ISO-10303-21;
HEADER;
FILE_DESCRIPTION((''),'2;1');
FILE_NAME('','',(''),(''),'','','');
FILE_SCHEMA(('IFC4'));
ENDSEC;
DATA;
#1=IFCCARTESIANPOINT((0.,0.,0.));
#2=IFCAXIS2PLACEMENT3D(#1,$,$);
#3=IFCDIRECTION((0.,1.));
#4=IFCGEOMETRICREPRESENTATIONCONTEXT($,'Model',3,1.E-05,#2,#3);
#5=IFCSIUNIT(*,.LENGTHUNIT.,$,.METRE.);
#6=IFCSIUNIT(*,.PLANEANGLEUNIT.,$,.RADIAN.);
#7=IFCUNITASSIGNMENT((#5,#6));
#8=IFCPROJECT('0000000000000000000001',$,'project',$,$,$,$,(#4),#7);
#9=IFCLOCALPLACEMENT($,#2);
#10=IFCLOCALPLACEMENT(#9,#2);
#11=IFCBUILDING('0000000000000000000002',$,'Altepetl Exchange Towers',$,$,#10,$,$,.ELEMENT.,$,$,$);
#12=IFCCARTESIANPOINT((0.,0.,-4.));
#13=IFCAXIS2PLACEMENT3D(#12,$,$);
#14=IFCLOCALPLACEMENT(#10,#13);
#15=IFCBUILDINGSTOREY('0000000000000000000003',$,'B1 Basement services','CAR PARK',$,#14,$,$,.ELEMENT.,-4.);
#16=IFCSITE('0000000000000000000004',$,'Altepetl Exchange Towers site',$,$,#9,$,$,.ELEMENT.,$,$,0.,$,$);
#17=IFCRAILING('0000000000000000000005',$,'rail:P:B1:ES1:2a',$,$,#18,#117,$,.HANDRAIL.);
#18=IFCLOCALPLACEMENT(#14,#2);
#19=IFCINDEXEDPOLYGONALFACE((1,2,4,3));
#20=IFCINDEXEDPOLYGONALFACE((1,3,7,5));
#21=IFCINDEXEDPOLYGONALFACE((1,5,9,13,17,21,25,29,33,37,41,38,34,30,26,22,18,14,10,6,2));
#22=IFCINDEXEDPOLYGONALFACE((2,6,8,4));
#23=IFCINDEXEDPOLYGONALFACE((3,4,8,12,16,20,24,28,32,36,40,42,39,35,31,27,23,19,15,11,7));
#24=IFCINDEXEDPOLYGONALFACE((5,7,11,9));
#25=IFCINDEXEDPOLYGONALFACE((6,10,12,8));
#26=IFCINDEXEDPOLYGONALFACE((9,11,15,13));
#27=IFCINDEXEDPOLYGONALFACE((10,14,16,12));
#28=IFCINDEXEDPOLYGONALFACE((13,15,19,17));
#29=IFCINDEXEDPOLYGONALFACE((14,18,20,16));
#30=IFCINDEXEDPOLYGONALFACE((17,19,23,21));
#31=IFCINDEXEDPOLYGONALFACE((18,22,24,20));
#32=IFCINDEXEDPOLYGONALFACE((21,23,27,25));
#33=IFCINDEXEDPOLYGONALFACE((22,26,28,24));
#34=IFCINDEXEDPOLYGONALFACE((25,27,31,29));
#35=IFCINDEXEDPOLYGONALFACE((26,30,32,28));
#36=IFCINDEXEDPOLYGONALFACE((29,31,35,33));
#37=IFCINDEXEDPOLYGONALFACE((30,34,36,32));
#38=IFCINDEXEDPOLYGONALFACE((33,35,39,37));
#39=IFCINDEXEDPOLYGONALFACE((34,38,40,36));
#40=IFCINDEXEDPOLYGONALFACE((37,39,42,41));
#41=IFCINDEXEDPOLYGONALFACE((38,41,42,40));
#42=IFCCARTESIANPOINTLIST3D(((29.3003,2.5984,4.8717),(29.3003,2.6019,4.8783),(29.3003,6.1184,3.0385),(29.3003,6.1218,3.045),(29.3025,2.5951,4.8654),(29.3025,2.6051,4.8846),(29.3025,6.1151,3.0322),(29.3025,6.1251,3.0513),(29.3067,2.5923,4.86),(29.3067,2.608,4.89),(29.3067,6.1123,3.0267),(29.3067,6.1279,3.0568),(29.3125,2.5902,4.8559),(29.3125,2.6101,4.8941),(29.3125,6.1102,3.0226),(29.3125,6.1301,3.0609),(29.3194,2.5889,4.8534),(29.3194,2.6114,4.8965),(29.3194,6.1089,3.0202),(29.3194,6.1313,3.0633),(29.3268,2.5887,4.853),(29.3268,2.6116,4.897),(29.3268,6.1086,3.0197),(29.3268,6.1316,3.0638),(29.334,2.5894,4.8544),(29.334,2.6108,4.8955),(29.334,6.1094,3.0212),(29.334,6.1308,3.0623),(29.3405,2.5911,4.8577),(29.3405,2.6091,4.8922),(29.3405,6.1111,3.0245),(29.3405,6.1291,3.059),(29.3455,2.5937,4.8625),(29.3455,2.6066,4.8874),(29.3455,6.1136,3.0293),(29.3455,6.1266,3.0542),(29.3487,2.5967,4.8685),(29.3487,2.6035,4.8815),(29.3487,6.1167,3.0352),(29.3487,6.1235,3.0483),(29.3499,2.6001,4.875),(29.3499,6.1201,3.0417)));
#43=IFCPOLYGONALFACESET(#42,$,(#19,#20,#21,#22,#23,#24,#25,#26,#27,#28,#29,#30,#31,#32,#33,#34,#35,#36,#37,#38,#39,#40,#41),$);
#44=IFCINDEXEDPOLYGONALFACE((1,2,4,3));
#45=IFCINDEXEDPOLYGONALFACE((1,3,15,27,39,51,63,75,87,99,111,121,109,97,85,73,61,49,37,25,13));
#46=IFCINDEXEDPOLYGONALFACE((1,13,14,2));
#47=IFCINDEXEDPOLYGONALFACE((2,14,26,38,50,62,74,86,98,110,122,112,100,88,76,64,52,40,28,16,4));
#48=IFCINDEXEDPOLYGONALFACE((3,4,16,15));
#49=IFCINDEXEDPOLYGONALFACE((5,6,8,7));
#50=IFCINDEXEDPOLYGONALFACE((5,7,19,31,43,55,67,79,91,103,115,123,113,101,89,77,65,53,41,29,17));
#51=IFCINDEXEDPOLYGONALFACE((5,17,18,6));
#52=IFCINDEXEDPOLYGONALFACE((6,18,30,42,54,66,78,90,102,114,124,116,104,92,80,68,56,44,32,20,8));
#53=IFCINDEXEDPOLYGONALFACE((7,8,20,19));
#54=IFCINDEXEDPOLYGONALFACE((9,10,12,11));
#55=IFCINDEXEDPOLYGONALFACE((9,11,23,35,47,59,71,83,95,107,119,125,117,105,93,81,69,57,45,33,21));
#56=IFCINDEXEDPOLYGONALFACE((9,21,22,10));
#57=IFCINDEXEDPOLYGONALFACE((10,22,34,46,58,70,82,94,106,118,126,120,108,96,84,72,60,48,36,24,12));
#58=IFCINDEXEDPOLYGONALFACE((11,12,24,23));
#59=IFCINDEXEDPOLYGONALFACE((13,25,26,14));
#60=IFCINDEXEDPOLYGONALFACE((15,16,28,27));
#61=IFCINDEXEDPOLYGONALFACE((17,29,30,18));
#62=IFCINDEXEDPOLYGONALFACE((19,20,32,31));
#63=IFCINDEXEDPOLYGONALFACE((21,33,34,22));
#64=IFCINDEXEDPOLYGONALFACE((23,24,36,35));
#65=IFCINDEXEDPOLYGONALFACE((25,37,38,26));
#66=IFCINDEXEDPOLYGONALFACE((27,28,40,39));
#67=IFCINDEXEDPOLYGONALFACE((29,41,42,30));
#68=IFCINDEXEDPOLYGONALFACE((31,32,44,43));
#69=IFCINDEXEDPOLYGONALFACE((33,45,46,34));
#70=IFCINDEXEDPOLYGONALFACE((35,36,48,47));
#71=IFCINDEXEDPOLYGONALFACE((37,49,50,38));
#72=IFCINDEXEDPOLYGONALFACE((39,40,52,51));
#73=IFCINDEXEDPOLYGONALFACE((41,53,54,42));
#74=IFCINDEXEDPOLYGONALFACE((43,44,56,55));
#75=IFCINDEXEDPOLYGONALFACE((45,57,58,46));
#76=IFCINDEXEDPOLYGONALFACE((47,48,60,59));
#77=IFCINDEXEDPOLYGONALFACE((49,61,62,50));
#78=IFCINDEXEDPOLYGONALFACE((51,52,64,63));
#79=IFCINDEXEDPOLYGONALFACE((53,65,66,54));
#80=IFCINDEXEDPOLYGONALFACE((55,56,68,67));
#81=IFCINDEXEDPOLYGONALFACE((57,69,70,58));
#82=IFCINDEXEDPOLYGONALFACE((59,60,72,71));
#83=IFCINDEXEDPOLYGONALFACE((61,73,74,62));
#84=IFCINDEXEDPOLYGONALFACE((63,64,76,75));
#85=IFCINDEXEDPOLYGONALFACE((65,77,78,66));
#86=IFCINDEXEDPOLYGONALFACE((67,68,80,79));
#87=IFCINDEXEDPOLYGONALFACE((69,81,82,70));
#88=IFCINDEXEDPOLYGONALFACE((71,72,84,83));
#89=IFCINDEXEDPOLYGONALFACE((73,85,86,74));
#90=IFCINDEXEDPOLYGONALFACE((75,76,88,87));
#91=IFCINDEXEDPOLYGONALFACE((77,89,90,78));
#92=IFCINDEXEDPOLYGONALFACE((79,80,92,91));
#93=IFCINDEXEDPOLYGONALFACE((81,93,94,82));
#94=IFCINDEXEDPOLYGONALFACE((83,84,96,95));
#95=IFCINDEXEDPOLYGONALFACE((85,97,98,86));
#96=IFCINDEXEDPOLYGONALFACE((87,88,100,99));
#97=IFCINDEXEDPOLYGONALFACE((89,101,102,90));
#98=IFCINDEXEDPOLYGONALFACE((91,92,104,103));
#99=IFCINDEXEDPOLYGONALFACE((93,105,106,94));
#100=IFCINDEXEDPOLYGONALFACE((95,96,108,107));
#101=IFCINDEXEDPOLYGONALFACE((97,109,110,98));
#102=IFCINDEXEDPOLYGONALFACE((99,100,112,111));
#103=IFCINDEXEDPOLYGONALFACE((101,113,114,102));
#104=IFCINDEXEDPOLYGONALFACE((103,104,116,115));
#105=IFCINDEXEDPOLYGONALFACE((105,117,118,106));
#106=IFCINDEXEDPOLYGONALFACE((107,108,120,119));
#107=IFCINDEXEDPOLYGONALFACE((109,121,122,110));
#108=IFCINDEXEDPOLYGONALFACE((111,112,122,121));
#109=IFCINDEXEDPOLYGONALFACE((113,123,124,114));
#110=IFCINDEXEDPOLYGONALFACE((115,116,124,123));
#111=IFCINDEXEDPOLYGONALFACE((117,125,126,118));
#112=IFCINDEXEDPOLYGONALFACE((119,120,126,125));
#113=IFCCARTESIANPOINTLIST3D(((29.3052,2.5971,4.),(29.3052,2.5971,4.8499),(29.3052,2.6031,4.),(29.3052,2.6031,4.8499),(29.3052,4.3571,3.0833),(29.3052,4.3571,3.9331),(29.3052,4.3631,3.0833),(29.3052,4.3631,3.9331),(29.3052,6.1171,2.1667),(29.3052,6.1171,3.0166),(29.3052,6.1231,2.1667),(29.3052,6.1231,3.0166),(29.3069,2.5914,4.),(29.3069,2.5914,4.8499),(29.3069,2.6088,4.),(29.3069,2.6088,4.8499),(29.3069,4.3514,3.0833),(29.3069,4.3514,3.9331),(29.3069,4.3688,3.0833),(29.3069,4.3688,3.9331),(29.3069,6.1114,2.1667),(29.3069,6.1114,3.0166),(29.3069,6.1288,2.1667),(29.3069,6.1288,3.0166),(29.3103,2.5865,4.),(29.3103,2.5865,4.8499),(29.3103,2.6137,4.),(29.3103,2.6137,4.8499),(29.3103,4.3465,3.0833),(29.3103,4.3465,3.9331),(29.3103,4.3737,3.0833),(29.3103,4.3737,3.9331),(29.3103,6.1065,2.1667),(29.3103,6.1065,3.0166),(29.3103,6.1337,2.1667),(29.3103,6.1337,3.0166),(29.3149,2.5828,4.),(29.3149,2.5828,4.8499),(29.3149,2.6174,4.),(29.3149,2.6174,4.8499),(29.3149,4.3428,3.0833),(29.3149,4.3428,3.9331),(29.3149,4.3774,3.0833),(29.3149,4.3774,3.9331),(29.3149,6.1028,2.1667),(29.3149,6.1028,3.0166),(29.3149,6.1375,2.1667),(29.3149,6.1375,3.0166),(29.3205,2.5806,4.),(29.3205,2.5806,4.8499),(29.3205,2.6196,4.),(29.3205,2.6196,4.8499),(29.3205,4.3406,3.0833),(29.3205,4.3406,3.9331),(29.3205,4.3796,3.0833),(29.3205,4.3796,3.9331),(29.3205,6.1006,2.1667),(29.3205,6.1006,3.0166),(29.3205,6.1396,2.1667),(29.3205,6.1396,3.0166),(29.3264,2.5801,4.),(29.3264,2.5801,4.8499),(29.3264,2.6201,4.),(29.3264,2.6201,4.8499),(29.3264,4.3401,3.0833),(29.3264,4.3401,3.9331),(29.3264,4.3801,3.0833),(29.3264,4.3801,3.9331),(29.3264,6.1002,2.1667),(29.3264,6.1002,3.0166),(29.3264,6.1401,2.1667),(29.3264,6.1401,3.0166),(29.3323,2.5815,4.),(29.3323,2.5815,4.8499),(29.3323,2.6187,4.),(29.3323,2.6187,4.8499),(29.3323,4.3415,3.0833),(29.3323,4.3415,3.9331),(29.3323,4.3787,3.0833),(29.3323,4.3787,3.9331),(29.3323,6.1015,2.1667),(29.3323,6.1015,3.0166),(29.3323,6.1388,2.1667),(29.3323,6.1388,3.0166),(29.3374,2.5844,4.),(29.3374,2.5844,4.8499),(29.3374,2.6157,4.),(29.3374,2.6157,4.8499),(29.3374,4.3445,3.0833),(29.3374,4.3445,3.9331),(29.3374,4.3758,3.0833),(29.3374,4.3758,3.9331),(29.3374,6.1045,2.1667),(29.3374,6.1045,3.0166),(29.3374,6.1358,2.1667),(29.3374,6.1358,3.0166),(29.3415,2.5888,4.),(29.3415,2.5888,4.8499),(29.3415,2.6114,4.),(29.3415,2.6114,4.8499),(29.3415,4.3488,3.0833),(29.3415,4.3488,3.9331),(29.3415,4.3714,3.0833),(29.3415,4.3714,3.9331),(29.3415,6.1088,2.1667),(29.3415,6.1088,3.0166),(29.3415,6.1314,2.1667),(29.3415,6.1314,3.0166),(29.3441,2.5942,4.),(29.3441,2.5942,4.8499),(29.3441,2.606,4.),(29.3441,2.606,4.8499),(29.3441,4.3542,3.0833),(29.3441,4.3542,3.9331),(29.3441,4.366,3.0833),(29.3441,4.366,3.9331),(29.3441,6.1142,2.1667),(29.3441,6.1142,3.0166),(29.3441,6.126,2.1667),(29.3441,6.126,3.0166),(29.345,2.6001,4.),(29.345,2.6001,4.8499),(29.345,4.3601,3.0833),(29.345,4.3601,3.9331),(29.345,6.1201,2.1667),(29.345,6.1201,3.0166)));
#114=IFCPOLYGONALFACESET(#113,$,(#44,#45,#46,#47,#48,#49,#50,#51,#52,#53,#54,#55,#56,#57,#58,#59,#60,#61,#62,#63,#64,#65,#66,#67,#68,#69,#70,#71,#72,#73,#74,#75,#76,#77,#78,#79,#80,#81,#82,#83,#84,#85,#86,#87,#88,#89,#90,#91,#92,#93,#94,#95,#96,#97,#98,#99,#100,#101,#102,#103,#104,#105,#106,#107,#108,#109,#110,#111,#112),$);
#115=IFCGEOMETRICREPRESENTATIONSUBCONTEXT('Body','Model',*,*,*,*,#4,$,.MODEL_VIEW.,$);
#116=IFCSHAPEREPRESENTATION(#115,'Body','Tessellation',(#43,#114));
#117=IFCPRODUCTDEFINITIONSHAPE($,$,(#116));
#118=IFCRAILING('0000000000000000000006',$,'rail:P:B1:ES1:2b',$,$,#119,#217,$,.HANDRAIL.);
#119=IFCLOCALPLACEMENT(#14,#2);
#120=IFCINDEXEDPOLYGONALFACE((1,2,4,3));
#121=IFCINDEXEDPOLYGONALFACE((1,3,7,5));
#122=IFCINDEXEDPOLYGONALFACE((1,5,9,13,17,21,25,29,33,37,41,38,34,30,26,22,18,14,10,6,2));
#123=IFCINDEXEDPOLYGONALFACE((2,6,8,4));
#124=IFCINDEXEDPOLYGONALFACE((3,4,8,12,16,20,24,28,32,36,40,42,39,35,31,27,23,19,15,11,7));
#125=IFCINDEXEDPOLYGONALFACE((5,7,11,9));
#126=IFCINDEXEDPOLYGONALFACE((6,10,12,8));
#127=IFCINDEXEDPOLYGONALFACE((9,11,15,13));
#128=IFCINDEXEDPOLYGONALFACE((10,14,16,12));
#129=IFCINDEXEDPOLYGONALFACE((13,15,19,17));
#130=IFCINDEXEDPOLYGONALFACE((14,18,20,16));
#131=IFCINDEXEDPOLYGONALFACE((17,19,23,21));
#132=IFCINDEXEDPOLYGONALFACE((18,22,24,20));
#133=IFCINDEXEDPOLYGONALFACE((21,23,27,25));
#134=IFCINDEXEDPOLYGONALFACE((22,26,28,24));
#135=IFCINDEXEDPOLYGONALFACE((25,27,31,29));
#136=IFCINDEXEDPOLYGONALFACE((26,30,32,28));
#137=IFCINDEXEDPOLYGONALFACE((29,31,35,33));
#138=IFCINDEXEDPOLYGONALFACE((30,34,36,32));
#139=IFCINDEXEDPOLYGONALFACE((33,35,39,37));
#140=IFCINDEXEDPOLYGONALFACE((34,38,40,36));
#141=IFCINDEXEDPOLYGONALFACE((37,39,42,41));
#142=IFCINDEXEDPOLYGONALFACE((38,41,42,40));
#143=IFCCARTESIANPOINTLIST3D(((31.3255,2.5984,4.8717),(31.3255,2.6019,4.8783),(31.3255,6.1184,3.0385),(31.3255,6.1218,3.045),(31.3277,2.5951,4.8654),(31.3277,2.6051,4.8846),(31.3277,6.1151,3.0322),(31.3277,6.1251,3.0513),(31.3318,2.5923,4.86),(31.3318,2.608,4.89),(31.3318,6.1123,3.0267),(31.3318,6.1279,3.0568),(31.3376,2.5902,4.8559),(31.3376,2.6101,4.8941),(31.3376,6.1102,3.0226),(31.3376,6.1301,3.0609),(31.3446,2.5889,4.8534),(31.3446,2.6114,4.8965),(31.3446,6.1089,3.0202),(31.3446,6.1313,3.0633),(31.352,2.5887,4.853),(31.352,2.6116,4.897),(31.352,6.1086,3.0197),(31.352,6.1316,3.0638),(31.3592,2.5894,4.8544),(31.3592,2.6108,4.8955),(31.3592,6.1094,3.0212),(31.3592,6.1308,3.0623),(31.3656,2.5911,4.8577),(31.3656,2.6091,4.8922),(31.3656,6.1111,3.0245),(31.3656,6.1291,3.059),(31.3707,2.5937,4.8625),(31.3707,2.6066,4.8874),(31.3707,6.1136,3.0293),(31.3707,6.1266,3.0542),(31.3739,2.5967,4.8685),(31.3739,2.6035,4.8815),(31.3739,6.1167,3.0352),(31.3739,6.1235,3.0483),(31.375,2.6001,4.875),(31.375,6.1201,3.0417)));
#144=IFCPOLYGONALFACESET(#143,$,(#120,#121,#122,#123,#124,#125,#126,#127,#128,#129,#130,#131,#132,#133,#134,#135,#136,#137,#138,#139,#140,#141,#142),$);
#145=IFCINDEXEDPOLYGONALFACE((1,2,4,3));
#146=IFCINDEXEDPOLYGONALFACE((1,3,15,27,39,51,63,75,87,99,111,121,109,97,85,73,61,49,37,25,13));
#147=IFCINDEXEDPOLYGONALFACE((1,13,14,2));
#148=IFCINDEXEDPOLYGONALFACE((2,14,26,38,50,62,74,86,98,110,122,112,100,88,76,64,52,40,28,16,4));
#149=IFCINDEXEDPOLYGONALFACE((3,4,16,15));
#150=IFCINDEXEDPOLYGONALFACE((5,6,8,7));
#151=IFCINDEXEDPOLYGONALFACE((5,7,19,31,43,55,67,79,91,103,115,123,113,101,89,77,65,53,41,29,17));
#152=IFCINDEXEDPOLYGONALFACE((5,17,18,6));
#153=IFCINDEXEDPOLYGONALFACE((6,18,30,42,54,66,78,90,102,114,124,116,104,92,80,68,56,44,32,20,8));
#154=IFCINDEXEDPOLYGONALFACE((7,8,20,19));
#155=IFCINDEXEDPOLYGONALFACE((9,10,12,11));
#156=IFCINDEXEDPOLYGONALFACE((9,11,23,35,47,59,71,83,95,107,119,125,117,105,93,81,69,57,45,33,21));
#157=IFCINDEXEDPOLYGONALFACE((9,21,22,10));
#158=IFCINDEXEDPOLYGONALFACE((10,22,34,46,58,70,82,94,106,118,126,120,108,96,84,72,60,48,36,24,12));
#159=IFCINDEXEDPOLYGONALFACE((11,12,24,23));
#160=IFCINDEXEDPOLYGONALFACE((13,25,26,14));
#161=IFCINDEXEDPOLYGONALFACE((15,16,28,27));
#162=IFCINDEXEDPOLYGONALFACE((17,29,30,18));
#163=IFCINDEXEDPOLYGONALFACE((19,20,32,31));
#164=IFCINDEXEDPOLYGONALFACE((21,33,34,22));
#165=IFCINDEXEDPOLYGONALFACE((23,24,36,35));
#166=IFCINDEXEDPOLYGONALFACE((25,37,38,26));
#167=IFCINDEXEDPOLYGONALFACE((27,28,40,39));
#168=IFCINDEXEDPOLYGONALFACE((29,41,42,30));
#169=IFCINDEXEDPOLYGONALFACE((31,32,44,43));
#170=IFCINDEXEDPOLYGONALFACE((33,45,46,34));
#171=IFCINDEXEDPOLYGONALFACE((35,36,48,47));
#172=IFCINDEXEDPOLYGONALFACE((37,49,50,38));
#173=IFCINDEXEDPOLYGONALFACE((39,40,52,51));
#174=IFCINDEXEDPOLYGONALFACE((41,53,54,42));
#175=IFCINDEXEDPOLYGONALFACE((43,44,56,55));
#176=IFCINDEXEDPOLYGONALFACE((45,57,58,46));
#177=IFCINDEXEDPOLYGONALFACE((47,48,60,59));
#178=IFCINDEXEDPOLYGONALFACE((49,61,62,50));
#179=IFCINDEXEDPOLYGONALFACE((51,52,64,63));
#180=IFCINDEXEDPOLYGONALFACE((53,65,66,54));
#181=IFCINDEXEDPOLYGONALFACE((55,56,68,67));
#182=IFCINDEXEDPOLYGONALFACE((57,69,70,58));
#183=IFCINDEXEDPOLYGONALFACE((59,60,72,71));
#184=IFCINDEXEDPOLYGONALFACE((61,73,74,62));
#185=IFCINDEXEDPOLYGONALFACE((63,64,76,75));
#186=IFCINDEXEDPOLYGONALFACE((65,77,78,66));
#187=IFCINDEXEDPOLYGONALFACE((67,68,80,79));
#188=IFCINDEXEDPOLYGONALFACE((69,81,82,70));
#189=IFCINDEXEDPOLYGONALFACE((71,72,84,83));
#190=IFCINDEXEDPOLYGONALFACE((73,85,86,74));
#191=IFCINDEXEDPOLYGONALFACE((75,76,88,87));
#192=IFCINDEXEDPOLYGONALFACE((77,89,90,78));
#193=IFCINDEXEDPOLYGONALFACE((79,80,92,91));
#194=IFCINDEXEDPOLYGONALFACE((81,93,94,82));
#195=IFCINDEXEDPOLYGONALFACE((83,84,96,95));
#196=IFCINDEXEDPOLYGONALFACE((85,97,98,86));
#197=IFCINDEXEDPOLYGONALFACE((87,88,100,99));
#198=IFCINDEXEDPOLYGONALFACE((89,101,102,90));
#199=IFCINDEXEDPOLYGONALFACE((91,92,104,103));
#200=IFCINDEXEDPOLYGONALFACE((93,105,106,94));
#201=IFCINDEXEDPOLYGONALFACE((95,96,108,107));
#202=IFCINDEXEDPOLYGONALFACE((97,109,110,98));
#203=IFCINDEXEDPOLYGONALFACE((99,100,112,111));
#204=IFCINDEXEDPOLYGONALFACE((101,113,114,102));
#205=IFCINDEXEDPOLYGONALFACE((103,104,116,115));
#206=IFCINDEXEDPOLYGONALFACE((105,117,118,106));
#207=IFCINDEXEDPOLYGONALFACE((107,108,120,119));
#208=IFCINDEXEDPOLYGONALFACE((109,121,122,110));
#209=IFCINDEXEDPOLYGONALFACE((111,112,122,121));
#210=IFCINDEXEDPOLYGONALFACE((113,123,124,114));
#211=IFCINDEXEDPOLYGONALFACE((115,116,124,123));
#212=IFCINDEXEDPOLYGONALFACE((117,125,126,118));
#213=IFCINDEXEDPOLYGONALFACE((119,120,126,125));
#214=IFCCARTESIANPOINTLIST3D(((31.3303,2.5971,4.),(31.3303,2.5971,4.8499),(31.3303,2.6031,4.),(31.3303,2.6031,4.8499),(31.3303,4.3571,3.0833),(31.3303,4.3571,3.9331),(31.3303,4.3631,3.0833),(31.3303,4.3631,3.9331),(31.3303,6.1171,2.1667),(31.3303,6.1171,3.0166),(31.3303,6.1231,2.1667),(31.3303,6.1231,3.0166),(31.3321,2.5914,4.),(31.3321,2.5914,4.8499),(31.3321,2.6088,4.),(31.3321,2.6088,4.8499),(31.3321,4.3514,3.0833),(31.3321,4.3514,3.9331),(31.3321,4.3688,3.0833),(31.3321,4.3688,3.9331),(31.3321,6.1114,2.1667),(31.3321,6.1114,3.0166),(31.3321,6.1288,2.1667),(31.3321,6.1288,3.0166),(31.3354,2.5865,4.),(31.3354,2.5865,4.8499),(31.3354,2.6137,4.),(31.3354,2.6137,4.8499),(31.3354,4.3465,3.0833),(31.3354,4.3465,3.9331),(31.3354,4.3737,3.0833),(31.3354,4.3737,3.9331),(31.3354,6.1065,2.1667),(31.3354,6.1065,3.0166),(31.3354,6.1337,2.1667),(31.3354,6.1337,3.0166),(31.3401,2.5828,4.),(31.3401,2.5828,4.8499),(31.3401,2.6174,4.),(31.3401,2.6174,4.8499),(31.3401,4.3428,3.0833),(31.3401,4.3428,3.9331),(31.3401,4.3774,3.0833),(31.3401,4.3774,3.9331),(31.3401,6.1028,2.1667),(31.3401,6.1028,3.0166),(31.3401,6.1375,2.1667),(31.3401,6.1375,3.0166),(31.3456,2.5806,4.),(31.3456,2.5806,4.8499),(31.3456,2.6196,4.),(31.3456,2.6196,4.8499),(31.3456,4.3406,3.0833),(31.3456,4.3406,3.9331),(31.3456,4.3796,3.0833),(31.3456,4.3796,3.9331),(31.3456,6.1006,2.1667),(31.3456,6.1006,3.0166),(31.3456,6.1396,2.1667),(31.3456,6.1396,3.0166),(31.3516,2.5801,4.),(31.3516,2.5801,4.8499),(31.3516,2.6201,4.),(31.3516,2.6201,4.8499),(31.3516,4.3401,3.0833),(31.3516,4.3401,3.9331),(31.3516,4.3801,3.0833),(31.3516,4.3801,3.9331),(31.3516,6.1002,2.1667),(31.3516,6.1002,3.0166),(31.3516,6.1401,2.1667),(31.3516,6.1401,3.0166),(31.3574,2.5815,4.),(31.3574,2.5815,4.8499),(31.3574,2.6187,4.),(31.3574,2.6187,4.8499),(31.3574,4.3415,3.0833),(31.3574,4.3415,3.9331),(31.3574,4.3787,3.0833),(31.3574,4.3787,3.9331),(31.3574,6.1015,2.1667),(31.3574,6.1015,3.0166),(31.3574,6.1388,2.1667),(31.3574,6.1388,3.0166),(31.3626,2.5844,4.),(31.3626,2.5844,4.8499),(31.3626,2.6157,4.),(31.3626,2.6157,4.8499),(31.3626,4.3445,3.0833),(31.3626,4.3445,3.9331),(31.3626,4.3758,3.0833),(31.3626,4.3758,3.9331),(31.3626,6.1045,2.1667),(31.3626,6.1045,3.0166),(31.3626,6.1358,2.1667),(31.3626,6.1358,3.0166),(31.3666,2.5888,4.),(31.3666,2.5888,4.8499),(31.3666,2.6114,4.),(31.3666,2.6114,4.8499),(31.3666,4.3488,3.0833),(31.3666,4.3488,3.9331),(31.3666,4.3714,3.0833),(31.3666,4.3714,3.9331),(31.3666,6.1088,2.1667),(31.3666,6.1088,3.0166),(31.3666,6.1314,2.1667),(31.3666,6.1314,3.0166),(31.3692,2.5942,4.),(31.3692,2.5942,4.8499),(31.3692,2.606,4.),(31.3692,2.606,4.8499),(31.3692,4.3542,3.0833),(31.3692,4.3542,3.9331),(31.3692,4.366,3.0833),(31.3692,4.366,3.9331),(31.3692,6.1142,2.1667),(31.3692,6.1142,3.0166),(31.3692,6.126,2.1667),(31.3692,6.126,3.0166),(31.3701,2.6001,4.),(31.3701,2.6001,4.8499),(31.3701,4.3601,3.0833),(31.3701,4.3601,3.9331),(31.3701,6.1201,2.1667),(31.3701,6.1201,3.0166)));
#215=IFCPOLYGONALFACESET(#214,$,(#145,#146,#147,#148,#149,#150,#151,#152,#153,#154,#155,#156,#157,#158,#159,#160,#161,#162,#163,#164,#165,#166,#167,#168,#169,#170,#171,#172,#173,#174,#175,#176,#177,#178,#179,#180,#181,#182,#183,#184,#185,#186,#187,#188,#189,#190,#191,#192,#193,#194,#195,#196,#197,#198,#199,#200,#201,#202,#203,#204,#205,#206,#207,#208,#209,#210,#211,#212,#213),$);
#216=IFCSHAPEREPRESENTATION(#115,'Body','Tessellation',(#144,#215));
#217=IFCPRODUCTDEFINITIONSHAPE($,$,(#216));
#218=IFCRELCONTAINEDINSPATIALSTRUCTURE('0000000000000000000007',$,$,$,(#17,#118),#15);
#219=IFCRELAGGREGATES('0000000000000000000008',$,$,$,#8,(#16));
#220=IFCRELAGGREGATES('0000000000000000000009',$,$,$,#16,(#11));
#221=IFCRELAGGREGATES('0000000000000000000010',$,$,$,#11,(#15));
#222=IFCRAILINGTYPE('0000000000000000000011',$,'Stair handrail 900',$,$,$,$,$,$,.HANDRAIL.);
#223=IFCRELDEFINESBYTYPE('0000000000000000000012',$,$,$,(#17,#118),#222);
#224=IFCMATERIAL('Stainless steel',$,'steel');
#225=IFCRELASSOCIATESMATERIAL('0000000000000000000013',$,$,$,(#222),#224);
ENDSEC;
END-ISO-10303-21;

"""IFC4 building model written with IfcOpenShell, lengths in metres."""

from ifc_helpers import new_model, si_unit, direction, frame, origin, origin_2d, place, context, subcontext, project, spatial, circle, extrude, source, transform, mapped, material, type_object, element, save


model = new_model("IFC4")

# Units and contexts
model_context = context("Model", 3, precision=1e-05, world=origin(), true_north=direction((0.0, 1.0)))
body_context = subcontext(model_context, "Body", "Model", "MODEL_VIEW")
ifc_project = project(units=[si_unit("LENGTHUNIT", "METRE"), si_unit("PLANEANGLEUNIT", "RADIAN")], contexts=[model_context])

# Site, building, storey
site_placement = place(None, origin())
site = spatial("IfcSite", under=ifc_project, at=site_placement, Name="Altepetl Exchange Towers site", CompositionType="ELEMENT", RefElevation=0.0)
building_placement = place(site_placement, origin())
building = spatial("IfcBuilding", under=site, at=building_placement, Name="Altepetl Exchange Towers", CompositionType="ELEMENT")
storey_placement = place(building_placement, frame((0.0, 0.0, -4.0)))
storey = spatial("IfcBuildingStorey", under=building, at=storey_placement, Name="B1 Basement services", Description="CAR PARK", CompositionType="ELEMENT", Elevation=-4.0)

# Railings
ifc_material_1 = material(Name="Stainless steel", Category="steel")
railing_type_1 = type_object("IfcRailingType", Name="Stair handrail 900", PredefinedType="HANDRAIL", material=ifc_material_1)
shared_shape_1 = source(origin(), body_context, "Body", "SweptSolid", [
    extrude(circle(Radius=0.02, at=origin_2d()), origin(), (0.0, 0.0, 1.0), 0.8499),
])
for number, where, name in (
    (1, (29.325, 6.1201, 2.1667), "rail:P:B1:ES1:2a"),
    (2, (31.3501, 6.1201, 2.1667), "rail:P:B1:ES1:2b"),
):
    element("IfcRailing", number, at=place(storey_placement, frame(where)), inside=storey, type_object=railing_type_1, Name=name, PredefinedType="HANDRAIL", context=body_context, shape_type="SweptSolid", body=[
        extrude(circle(Radius=0.0249, at=origin_2d()), frame((0.0, 0.0, 0.875), z_axis=(0.0, -0.886924, 0.461916), x_axis=(1.0, 0.0, 0.0)), (0.0, 0.0, 1.0), 3.9688),
        mapped(shared_shape_1, transform((0.0, 0.0, 0.0))),
        mapped(shared_shape_1, transform((0.0, -1.76, 0.9165))),
        mapped(shared_shape_1, transform((0.0, -3.52, 1.8333))),
    ])

save(model, "model.ifc")
